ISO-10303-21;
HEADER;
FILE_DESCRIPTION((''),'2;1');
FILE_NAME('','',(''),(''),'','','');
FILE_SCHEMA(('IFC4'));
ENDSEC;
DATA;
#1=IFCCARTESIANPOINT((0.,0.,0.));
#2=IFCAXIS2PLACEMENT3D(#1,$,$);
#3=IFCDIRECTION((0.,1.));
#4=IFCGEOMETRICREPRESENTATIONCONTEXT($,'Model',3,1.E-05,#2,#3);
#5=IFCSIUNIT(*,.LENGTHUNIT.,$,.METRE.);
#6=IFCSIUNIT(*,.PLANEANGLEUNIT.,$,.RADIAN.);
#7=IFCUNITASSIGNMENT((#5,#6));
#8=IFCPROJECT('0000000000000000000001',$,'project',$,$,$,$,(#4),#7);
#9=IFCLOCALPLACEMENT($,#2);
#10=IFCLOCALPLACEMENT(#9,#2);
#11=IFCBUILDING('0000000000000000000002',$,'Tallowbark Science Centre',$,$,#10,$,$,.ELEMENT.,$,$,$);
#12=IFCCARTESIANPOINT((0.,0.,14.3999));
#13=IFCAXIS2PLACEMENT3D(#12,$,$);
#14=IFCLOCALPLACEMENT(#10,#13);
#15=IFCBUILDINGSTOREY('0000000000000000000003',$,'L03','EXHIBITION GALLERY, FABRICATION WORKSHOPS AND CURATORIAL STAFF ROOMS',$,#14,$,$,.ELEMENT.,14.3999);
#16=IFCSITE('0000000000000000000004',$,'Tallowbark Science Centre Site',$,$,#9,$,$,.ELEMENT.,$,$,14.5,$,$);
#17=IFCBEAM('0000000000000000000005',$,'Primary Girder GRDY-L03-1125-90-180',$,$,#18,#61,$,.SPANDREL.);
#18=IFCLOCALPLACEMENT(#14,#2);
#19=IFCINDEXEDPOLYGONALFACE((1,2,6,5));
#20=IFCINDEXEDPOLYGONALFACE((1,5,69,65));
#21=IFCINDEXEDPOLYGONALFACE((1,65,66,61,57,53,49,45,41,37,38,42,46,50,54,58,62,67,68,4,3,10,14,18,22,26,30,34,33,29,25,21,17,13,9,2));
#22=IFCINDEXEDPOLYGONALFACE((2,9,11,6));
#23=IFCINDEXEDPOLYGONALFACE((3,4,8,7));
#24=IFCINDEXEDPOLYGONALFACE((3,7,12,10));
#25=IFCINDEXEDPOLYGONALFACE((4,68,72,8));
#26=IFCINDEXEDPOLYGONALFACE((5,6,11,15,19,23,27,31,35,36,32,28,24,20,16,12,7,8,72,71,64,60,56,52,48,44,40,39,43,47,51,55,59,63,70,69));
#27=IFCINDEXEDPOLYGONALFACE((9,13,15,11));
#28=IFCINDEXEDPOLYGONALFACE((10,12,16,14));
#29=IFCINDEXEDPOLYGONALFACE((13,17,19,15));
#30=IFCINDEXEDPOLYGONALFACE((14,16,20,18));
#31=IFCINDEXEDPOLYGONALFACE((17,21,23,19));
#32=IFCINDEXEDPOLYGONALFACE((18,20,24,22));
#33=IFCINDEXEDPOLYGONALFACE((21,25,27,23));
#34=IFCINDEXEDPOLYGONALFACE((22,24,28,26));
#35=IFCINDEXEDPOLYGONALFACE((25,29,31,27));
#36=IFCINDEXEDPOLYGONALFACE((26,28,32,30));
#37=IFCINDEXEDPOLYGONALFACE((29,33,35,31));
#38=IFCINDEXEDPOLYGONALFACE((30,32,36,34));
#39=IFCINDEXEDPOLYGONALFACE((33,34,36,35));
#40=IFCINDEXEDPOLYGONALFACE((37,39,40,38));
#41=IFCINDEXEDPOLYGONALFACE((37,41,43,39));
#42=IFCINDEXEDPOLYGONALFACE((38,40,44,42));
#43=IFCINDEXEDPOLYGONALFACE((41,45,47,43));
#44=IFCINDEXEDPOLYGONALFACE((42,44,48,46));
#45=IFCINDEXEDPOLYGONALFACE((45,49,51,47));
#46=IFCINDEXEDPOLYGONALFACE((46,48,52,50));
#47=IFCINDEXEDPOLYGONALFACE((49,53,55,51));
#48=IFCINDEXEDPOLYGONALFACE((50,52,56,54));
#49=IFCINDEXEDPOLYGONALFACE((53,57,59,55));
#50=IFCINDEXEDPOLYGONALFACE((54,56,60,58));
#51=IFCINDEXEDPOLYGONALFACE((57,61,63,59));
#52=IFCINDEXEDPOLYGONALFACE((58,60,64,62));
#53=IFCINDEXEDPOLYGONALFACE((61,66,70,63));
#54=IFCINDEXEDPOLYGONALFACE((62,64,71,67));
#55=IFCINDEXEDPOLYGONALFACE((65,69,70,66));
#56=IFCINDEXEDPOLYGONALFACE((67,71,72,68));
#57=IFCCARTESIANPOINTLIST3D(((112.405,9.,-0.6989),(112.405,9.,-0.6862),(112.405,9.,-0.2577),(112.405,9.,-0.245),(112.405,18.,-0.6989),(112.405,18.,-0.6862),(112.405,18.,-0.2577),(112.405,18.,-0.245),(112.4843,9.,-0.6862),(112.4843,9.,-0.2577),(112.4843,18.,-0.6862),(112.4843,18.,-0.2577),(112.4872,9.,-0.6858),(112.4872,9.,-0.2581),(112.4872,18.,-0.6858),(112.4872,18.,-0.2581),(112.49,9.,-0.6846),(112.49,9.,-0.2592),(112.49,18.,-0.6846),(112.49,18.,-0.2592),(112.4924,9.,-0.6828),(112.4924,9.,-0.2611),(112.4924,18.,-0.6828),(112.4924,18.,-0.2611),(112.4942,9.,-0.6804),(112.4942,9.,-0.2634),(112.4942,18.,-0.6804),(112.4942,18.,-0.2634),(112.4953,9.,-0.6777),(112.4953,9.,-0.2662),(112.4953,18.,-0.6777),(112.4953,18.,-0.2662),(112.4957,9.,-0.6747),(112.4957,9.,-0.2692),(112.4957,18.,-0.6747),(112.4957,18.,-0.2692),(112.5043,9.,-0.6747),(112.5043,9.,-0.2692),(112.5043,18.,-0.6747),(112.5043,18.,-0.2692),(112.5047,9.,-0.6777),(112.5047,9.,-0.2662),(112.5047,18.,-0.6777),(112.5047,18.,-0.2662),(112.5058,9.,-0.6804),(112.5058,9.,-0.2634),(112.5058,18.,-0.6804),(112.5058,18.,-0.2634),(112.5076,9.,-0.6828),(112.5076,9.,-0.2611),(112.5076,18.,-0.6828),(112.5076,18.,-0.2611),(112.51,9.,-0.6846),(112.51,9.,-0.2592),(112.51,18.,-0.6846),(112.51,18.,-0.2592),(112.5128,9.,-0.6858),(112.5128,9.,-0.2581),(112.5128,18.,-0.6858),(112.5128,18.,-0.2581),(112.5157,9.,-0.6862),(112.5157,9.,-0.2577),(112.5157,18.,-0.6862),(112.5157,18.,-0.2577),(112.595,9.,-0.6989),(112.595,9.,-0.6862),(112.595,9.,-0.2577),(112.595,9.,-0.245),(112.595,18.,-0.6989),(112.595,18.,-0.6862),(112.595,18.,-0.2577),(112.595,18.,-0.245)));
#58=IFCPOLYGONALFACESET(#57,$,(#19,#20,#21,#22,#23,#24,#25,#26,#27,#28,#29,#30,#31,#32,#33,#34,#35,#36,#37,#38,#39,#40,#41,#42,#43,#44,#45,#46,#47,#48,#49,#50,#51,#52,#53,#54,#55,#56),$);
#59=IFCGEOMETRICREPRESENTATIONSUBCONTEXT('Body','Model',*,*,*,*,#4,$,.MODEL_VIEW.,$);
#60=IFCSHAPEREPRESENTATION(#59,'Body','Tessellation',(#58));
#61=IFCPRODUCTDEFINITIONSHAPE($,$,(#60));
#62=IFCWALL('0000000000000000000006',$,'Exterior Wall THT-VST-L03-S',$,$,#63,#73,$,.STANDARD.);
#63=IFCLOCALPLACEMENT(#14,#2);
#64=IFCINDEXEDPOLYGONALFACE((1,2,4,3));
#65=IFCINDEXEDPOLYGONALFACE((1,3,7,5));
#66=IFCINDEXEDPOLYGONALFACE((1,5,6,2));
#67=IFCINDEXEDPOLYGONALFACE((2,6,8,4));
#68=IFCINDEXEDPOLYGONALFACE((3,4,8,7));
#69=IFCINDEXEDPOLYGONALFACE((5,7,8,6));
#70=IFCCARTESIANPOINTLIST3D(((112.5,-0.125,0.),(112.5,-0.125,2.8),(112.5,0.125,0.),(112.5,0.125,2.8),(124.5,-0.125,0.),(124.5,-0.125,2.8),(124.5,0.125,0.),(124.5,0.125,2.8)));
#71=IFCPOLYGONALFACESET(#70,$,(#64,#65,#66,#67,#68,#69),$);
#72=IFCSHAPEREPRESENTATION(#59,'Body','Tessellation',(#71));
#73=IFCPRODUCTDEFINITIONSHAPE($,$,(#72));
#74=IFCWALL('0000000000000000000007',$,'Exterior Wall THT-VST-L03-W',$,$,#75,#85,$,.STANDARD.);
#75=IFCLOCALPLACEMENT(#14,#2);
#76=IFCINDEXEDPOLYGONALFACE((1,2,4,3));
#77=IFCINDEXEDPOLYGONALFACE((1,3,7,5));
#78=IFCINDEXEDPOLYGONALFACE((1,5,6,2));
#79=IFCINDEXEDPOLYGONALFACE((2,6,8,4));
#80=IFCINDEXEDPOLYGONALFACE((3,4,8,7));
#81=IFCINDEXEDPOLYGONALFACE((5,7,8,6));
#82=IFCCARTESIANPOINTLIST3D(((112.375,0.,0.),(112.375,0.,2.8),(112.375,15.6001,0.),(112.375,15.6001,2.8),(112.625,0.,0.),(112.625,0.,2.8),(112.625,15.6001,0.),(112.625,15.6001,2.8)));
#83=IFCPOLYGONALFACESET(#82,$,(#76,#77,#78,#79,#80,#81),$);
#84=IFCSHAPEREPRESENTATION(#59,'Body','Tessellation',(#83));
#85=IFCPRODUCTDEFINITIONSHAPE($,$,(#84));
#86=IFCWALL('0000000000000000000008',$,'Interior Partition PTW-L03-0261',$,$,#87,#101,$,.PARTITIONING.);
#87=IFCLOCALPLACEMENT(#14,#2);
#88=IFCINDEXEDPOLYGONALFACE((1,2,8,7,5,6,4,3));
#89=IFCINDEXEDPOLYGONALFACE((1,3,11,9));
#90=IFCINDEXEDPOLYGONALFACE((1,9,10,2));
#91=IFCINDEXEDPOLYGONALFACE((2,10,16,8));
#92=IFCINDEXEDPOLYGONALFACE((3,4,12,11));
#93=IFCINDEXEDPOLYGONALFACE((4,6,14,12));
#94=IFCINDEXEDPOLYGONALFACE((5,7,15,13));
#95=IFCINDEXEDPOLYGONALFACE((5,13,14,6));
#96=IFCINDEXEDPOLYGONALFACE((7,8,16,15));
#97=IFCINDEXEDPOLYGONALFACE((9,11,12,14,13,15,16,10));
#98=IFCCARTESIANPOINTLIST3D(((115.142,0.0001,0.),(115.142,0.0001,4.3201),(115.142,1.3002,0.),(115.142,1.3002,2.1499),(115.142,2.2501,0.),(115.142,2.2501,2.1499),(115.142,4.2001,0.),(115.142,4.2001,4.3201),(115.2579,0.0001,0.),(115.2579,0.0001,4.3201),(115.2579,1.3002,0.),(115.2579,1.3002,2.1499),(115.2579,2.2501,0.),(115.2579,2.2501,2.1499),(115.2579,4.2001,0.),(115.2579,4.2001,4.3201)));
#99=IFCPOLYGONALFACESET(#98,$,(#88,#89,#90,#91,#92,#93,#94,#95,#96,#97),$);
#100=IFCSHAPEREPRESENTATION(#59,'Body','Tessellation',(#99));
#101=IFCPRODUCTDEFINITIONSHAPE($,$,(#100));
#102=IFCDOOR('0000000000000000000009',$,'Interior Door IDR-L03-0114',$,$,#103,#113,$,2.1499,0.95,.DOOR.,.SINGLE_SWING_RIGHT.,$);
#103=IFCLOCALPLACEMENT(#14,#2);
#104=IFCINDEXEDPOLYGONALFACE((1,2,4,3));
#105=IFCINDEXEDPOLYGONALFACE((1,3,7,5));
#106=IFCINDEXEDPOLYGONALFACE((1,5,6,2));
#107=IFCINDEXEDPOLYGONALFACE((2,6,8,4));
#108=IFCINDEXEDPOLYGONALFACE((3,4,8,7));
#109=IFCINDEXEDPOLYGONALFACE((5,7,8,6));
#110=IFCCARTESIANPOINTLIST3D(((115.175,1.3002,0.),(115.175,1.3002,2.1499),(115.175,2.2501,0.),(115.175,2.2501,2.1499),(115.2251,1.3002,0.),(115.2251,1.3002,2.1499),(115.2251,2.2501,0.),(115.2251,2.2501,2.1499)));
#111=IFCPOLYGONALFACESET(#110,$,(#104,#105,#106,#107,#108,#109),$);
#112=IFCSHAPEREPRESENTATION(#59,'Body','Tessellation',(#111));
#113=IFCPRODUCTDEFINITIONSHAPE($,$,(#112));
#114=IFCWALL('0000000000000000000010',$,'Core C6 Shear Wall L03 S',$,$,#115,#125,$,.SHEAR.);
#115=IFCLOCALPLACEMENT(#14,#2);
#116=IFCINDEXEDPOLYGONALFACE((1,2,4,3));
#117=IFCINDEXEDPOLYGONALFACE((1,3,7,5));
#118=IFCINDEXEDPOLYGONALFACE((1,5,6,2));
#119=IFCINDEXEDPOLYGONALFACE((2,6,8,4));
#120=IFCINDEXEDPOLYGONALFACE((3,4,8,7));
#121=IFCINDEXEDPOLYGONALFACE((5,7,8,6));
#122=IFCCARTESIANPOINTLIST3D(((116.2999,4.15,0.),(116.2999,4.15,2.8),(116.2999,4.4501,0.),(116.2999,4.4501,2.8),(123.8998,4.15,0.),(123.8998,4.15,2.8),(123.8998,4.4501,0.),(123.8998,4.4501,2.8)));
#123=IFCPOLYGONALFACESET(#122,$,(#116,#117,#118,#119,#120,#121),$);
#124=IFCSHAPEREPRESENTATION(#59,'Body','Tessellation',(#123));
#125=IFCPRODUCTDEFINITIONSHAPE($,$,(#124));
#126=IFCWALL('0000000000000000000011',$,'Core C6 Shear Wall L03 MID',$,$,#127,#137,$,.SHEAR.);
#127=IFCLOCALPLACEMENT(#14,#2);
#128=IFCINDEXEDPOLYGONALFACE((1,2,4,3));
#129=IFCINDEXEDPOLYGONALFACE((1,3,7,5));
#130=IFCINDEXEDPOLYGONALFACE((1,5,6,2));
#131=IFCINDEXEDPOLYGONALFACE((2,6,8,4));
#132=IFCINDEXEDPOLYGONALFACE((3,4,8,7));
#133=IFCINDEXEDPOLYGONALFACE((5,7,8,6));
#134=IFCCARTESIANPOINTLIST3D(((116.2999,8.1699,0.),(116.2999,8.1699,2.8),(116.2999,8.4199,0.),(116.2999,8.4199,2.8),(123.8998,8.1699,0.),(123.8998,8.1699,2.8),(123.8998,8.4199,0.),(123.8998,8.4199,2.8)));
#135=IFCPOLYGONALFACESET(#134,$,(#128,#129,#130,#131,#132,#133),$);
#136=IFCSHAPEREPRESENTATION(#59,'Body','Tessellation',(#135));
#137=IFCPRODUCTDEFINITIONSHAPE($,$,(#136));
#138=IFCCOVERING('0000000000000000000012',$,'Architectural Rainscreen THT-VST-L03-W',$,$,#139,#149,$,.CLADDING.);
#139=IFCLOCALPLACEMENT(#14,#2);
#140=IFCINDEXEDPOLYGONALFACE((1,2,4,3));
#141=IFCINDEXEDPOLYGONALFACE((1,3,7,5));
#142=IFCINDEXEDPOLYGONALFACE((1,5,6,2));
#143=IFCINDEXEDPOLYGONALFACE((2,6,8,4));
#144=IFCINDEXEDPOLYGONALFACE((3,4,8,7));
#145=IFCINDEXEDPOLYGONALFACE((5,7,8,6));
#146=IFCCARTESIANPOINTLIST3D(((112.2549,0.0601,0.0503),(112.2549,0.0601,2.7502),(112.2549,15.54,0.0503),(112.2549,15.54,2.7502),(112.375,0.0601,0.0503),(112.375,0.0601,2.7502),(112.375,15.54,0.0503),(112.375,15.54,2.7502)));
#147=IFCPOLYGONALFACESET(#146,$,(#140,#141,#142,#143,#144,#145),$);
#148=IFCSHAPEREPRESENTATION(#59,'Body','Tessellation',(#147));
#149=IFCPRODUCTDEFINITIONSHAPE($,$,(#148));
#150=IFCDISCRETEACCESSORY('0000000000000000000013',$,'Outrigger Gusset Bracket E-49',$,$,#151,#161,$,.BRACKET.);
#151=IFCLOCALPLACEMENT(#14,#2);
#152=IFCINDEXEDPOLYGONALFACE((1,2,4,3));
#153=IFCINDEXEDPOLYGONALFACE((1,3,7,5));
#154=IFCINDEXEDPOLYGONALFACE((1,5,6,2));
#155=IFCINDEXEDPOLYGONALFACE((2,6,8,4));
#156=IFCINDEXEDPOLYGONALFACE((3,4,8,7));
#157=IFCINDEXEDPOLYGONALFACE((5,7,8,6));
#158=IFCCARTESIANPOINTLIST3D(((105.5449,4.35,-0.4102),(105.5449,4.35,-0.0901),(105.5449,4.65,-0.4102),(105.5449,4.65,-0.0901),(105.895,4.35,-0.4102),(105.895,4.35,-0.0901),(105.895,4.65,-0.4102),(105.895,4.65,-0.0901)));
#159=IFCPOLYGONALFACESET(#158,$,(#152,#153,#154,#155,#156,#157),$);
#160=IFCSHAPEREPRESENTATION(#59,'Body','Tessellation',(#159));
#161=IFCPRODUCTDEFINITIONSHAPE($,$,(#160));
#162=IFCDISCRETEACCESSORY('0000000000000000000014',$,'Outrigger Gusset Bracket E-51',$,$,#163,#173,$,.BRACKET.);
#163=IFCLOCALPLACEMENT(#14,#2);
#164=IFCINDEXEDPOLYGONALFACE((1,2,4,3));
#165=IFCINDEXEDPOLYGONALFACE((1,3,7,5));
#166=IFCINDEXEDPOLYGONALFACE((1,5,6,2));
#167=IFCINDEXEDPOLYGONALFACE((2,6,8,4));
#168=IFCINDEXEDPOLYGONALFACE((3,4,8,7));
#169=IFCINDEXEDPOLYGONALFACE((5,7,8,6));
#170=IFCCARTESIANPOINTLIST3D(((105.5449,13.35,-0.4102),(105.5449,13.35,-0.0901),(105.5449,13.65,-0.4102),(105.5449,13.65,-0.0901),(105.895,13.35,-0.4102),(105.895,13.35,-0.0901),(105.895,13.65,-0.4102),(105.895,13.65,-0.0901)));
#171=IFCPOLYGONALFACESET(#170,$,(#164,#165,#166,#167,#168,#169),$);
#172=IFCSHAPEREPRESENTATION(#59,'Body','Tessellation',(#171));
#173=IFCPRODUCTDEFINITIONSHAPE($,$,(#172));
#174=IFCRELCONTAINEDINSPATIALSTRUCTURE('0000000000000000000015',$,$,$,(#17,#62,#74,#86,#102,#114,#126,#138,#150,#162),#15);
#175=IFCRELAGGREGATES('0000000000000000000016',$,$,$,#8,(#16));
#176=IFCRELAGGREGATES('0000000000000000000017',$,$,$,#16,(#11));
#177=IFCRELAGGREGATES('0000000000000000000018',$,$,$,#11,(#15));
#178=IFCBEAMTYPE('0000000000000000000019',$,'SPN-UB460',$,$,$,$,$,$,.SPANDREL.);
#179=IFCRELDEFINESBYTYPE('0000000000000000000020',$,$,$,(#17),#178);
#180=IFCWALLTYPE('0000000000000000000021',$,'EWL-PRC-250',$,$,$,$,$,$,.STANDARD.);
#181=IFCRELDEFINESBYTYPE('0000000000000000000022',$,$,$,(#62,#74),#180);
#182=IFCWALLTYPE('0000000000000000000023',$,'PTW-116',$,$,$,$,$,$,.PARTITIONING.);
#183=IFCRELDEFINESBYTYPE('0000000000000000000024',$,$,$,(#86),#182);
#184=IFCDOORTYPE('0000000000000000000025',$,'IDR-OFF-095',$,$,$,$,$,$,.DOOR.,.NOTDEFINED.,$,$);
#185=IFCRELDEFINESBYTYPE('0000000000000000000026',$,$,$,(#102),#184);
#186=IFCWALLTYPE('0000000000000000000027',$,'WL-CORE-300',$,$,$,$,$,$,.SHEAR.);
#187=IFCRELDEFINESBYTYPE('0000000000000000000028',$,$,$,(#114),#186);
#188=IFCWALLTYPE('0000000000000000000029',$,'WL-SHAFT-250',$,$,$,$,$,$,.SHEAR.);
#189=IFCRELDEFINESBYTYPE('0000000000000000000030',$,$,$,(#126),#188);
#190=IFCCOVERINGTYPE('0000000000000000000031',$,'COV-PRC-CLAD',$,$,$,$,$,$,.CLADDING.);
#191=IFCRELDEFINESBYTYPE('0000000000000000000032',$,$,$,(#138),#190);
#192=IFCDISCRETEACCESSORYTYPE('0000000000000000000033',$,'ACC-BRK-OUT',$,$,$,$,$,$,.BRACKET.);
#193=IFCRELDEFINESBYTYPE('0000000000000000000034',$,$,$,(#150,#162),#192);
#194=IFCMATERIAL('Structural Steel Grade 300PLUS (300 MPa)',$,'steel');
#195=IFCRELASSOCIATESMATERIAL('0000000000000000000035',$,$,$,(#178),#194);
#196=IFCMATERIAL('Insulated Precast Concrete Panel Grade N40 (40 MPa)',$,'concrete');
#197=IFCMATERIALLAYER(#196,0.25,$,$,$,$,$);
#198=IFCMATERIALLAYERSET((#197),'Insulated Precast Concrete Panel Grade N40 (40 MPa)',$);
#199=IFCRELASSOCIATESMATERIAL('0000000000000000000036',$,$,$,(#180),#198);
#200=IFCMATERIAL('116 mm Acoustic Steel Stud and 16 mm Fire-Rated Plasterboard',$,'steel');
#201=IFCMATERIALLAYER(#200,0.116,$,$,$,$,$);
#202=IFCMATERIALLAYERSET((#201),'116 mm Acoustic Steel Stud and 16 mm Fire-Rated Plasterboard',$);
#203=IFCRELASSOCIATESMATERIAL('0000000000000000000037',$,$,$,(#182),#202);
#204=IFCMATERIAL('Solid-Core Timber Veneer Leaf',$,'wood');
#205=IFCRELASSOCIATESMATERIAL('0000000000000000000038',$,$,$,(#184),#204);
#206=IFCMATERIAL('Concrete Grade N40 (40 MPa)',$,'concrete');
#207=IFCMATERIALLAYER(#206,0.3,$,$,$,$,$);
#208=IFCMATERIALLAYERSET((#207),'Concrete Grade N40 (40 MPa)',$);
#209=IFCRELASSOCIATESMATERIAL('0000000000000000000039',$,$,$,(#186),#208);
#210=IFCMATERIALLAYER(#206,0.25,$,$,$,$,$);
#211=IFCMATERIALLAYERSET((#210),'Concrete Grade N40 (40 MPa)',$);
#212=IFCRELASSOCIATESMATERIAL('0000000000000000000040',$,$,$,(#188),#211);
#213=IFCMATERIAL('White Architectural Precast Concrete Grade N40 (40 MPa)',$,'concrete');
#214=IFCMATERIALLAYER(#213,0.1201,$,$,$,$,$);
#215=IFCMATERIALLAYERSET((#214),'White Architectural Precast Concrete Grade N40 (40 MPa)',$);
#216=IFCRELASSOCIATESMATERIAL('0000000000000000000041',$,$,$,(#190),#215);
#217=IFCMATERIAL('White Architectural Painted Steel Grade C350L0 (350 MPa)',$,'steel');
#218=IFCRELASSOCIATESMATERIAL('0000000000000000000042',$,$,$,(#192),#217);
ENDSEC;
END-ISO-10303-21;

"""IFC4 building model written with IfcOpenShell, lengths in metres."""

from ifc_helpers import new_model, si_unit, direction, frame, frame_2d, origin, origin_2d, place, context, subcontext, project, spatial, rectangle, i_section, extrude, material, layer, layer_set, material_profile, profile_set, type_object, element, fill, save


model = new_model("IFC4")

# Units and contexts
model_context = context("Model", 3, precision=1e-05, world=origin(), true_north=direction((0.0, 1.0)))
body_context = subcontext(model_context, "Body", "Model", "MODEL_VIEW")
ifc_project = project(units=[si_unit("LENGTHUNIT", "METRE"), si_unit("PLANEANGLEUNIT", "RADIAN")], contexts=[model_context])

# Site, building, storey
site_placement = place(None, origin())
site = spatial("IfcSite", under=ifc_project, at=site_placement, Name="Tallowbark Science Centre Site", CompositionType="ELEMENT", RefElevation=14.5)
building_placement = place(site_placement, origin())
building = spatial("IfcBuilding", under=site, at=building_placement, Name="Tallowbark Science Centre", CompositionType="ELEMENT")
storey_placement = place(building_placement, frame((0.0, 0.0, 14.3999)))
storey = spatial("IfcBuildingStorey", under=building, at=storey_placement, Name="L03", Description="EXHIBITION GALLERY, FABRICATION WORKSHOPS AND CURATORIAL STAFF ROOMS", CompositionType="ELEMENT", Elevation=14.3999)

# Shared definitions
ifc_material_1 = material(Name="White Architectural Painted Steel Grade C350L0 (350 MPa)", Category="steel")

# Beam
ifc_material_2 = material(Name="Structural Steel Grade 300PLUS (300 MPa)", Category="steel")
ifc_material_profile_1 = material_profile(ifc_material_2, i_section(OverallWidth=0.1899, OverallDepth=0.4539, WebThickness=0.0085, FlangeThickness=0.0127, FilletRadius=0.0115, at=origin_2d()), Name="460UB67.1")
ifc_profile_set_1 = profile_set([ifc_material_profile_1], Name="Structural Steel Grade 300PLUS (300 MPa)")
beam_type_1 = type_object("IfcBeamType", Name="SPN-UB460", PredefinedType="SPANDREL", material=ifc_profile_set_1)
for number, where, z_axis, x_axis, name in (
    (1, (112.5, 9.0, -0.4719), (0.0, 1.0, 0.0), (-1.0, 0.0, 0.0), "Primary Girder GRDY-L03-1125-90-180"),
):
    element("IfcBeam", number, at=place(storey_placement, frame(where, z_axis=z_axis, x_axis=x_axis)), inside=storey, type_object=beam_type_1, Name=name, PredefinedType="SPANDREL", context=body_context, shape_type="SweptSolid", body=[
        extrude(i_section(OverallWidth=0.1899, OverallDepth=0.4539, WebThickness=0.0085, FlangeThickness=0.0127, FilletRadius=0.0115, at=origin_2d()), origin(), (0.0, 0.0, 1.0), 9.0),
    ])

# Walls
ifc_material_3 = material(Name="Insulated Precast Concrete Panel Grade N40 (40 MPa)", Category="concrete")
ifc_layer_1 = layer(ifc_material_3, 0.25)
ifc_layer_set_1 = layer_set([ifc_layer_1], Name="Insulated Precast Concrete Panel Grade N40 (40 MPa)")
wall_type_1 = type_object("IfcWallType", Name="EWL-PRC-250", PredefinedType="STANDARD", material=ifc_layer_set_1)
wall_1_placement = place(storey_placement, frame((112.5, 0.0, 0.0), z_axis=(0.0, 0.0, 1.0), x_axis=(1.0, 0.0, 0.0)))
element("IfcWall", 2, at=wall_1_placement, inside=storey, type_object=wall_type_1, Name="Exterior Wall THT-VST-L03-S", PredefinedType="STANDARD", context=body_context, shape_type="SweptSolid", body=[
    extrude(rectangle(XDim=12.0, YDim=0.25, at=frame_2d((6.0, 0.0))), origin(), (0.0, 0.0, 1.0), 2.8),
])
wall_2_placement = place(storey_placement, frame((112.5, 15.6001, 0.0), z_axis=(0.0, 0.0, 1.0), x_axis=(0.0, -1.0, 0.0)))
element("IfcWall", 3, at=wall_2_placement, inside=storey, type_object=wall_type_1, Name="Exterior Wall THT-VST-L03-W", PredefinedType="STANDARD", context=body_context, shape_type="SweptSolid", body=[
    extrude(rectangle(XDim=15.6001, YDim=0.25, at=frame_2d((7.8, 0.0))), origin(), (0.0, 0.0, 1.0), 2.8),
])

# Wall, opening, door
ifc_material_4 = material(Name="116 mm Acoustic Steel Stud and 16 mm Fire-Rated Plasterboard", Category="steel")
ifc_layer_2 = layer(ifc_material_4, 0.116)
ifc_layer_set_2 = layer_set([ifc_layer_2], Name="116 mm Acoustic Steel Stud and 16 mm Fire-Rated Plasterboard")
wall_type_2 = type_object("IfcWallType", Name="PTW-116", PredefinedType="PARTITIONING", material=ifc_layer_set_2)
wall_3_placement = place(storey_placement, frame((115.2, 0.0, 0.0), z_axis=(0.0, 0.0, 1.0), x_axis=(0.0, 1.0, 0.0)))
wall_3 = element("IfcWall", 4, at=wall_3_placement, inside=storey, type_object=wall_type_2, Name="Interior Partition PTW-L03-0261", PredefinedType="PARTITIONING", context=body_context, shape_type="SweptSolid", body=[
    extrude(rectangle(XDim=4.2, YDim=0.116, at=frame_2d((2.1001, 0.0))), origin(), (0.0, 0.0, 1.0), 4.3201),
])
opening_1_placement = place(wall_3_placement, frame((1.3, 0.0, 0.0)))
opening_1 = element("IfcOpeningElement", 5, at=opening_1_placement, cuts=wall_3, PredefinedType="OPENING", context=body_context, shape_type="SweptSolid", body=[
    extrude(rectangle(XDim=0.95, YDim=2.1499, at=frame_2d((0.4751, 1.075))), frame((0.0, 0.0679, 0.0), z_axis=(0.0, -1.0, 0.0), x_axis=(1.0, 0.0, 0.0)), (0.0, 0.0, 1.0), 0.136),
])
ifc_material_5 = material(Name="Solid-Core Timber Veneer Leaf", Category="wood")
door_type_1 = type_object("IfcDoorType", Name="IDR-OFF-095", OperationType="NOTDEFINED", PredefinedType="DOOR", material=ifc_material_5)
door_1_placement = place(opening_1_placement, origin())
door_1 = element("IfcDoor", 6, at=door_1_placement, inside=storey, type_object=door_type_1, Name="Interior Door IDR-L03-0114", OperationType="SINGLE_SWING_RIGHT", OverallHeight=2.1499, OverallWidth=0.95, PredefinedType="DOOR", context=body_context, shape_type="SweptSolid", body=[
    extrude(rectangle(XDim=0.95, YDim=2.1499, at=frame_2d((0.4751, 1.075))), frame((0.0, 0.0249, 0.0), z_axis=(0.0, -1.0, 0.0), x_axis=(1.0, 0.0, 0.0)), (0.0, 0.0, 1.0), 0.05),
])
fill(opening_1, door_1)
ifc_material_6 = material(Name="Concrete Grade N40 (40 MPa)", Category="concrete")
ifc_layer_3 = layer(ifc_material_6, 0.3)
ifc_layer_set_3 = layer_set([ifc_layer_3], Name="Concrete Grade N40 (40 MPa)")
wall_type_3 = type_object("IfcWallType", Name="WL-CORE-300", PredefinedType="SHEAR", material=ifc_layer_set_3)

# Walls
wall_4_placement = place(storey_placement, frame((116.3, 4.3, 0.0), z_axis=(0.0, 0.0, 1.0), x_axis=(1.0, 0.0, 0.0)))
element("IfcWall", 7, at=wall_4_placement, inside=storey, type_object=wall_type_3, Name="Core C6 Shear Wall L03 S", PredefinedType="SHEAR", context=body_context, shape_type="SweptSolid", body=[
    extrude(rectangle(XDim=7.5999, YDim=0.3, at=frame_2d((3.7998, 0.0))), origin(), (0.0, 0.0, 1.0), 2.8),
])
ifc_layer_4 = layer(ifc_material_6, 0.25)
ifc_layer_set_4 = layer_set([ifc_layer_4], Name="Concrete Grade N40 (40 MPa)")
wall_type_4 = type_object("IfcWallType", Name="WL-SHAFT-250", PredefinedType="SHEAR", material=ifc_layer_set_4)
wall_5_placement = place(storey_placement, frame((116.3, 8.2949, 0.0), z_axis=(0.0, 0.0, 1.0), x_axis=(1.0, 0.0, 0.0)))
element("IfcWall", 8, at=wall_5_placement, inside=storey, type_object=wall_type_4, Name="Core C6 Shear Wall L03 MID", PredefinedType="SHEAR", context=body_context, shape_type="SweptSolid", body=[
    extrude(rectangle(XDim=7.5999, YDim=0.25, at=frame_2d((3.7998, 0.0))), origin(), (0.0, 0.0, 1.0), 2.8),
])

# Covering
ifc_material_7 = material(Name="White Architectural Precast Concrete Grade N40 (40 MPa)", Category="concrete")
ifc_layer_5 = layer(ifc_material_7, 0.1201)
ifc_layer_set_5 = layer_set([ifc_layer_5], Name="White Architectural Precast Concrete Grade N40 (40 MPa)")
covering_type = type_object("IfcCoveringType", Name="COV-PRC-CLAD", PredefinedType="CLADDING", material=ifc_layer_set_5)
covering_placement = place(storey_placement, frame((112.3149, 7.8, 0.0503), z_axis=(0.0, 0.0, 1.0), x_axis=(0.0, -1.0, 0.0)))
element("IfcCovering", 9, at=covering_placement, inside=storey, type_object=covering_type, Name="Architectural Rainscreen THT-VST-L03-W", PredefinedType="CLADDING", context=body_context, shape_type="SweptSolid", body=[
    extrude(rectangle(XDim=15.48, YDim=0.1201, at=origin_2d()), origin(), (0.0, 0.0, 1.0), 2.7),
])

# Discrete accessories
discrete_accessory_type = type_object("IfcDiscreteAccessoryType", Name="ACC-BRK-OUT", PredefinedType="BRACKET", material=ifc_material_1)
for number, where, z_axis, x_axis, name in (
    (10, (105.72, 4.5, -0.4102), (0.0, 0.0, 1.0), (1.0, 0.0, 0.0), "Outrigger Gusset Bracket E-49"),
    (11, (105.72, 13.5, -0.4102), (0.0, 0.0, 1.0), (1.0, 0.0, 0.0), "Outrigger Gusset Bracket E-51"),
):
    element("IfcDiscreteAccessory", number, at=place(storey_placement, frame(where, z_axis=z_axis, x_axis=x_axis)), inside=storey, type_object=discrete_accessory_type, Name=name, PredefinedType="BRACKET", context=body_context, shape_type="SweptSolid", body=[
        extrude(rectangle(XDim=0.3501, YDim=0.3, at=origin_2d()), origin(), (0.0, 0.0, 1.0), 0.3201),
    ])

save(model, "model.ifc")
